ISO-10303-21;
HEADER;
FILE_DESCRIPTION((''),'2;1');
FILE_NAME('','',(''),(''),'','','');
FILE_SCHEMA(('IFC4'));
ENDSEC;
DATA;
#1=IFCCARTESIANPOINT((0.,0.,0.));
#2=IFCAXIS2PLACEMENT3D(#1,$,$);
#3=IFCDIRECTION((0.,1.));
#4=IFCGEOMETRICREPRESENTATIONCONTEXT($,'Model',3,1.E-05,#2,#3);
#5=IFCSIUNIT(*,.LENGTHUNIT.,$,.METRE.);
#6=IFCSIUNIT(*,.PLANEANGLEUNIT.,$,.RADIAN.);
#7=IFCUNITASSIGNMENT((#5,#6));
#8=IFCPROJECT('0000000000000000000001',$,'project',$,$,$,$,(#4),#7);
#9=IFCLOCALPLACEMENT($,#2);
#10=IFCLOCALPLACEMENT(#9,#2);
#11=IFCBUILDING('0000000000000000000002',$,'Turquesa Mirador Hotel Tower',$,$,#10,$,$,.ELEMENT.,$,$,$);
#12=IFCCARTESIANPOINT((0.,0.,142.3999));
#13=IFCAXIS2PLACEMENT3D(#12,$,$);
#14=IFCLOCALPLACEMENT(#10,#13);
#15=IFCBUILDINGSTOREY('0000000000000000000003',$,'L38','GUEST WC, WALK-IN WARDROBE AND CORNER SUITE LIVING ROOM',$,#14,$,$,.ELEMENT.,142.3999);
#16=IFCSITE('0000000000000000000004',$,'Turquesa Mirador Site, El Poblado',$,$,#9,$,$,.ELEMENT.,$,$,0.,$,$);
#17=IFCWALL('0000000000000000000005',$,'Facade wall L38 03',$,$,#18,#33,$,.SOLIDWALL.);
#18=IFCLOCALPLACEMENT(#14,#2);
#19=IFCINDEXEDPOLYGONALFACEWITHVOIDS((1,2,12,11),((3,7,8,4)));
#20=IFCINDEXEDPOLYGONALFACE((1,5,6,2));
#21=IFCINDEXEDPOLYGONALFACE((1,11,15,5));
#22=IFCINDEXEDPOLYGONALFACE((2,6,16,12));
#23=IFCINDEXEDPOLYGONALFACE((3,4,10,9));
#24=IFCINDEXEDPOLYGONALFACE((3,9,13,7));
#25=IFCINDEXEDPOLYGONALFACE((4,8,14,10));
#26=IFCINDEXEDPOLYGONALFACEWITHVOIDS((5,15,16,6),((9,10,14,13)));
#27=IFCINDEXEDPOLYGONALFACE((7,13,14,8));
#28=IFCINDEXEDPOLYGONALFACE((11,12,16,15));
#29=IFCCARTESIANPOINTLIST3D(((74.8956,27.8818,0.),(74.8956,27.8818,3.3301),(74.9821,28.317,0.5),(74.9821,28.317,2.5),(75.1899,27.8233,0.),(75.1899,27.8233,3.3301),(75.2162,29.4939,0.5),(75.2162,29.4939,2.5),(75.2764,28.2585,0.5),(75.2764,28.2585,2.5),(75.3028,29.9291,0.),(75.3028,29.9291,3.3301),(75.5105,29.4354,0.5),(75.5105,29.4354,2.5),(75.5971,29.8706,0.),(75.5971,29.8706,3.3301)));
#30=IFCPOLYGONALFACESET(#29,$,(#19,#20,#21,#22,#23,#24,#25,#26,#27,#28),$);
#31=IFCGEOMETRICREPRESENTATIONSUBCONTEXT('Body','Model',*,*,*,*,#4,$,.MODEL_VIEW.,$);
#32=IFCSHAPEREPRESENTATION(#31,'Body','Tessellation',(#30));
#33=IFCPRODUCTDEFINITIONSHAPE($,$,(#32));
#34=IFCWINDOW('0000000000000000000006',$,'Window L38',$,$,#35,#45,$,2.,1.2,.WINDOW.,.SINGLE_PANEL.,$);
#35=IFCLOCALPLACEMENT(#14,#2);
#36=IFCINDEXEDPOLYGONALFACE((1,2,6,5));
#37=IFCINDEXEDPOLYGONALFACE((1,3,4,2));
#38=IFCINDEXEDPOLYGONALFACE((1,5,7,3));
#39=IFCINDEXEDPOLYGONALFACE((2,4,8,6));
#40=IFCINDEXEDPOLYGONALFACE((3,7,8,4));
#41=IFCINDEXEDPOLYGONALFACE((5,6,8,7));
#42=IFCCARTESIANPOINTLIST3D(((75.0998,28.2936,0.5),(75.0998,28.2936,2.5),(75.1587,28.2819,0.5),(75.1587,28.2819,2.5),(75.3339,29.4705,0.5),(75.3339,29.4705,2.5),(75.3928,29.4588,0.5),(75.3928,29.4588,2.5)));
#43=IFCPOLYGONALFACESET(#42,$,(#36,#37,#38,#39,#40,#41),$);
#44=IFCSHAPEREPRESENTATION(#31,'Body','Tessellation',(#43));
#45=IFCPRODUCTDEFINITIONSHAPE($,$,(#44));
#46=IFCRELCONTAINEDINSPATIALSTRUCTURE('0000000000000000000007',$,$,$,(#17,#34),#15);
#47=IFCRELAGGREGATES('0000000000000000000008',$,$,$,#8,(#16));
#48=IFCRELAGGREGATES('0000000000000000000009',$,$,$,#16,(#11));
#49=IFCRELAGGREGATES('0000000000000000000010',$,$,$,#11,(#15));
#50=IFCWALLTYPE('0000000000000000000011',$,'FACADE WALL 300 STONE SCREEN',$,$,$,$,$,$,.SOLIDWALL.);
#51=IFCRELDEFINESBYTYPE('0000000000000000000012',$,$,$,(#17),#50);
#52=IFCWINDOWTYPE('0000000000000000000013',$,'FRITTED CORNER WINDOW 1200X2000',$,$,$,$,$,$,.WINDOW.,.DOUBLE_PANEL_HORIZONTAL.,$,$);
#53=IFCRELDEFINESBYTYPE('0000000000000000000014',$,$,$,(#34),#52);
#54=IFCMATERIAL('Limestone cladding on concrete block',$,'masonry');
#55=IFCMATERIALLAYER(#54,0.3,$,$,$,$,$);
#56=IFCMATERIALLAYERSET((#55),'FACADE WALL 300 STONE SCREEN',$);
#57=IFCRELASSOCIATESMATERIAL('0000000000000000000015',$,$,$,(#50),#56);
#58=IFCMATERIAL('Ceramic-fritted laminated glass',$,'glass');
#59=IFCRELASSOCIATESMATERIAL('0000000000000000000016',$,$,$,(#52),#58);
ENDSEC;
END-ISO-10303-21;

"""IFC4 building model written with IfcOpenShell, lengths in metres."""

from ifc_helpers import new_model, si_unit, direction, frame, frame_2d, origin, place, context, subcontext, project, spatial, rectangle, extrude, material, layer, layer_set, type_object, element, fill, save


model = new_model("IFC4")

# Units and contexts
model_context = context("Model", 3, precision=1e-05, world=origin(), true_north=direction((0.0, 1.0)))
body_context = subcontext(model_context, "Body", "Model", "MODEL_VIEW")
ifc_project = project(units=[si_unit("LENGTHUNIT", "METRE"), si_unit("PLANEANGLEUNIT", "RADIAN")], contexts=[model_context])

# Site, building, storey
site_placement = place(None, origin())
site = spatial("IfcSite", under=ifc_project, at=site_placement, Name="Turquesa Mirador Site, El Poblado", CompositionType="ELEMENT", RefElevation=0.0)
building_placement = place(site_placement, origin())
building = spatial("IfcBuilding", under=site, at=building_placement, Name="Turquesa Mirador Hotel Tower", CompositionType="ELEMENT")
storey_placement = place(building_placement, frame((0.0, 0.0, 142.3999)))
storey = spatial("IfcBuildingStorey", under=building, at=storey_placement, Name="L38", Description="GUEST WC, WALK-IN WARDROBE AND CORNER SUITE LIVING ROOM", CompositionType="ELEMENT", Elevation=142.3999)

# Wall, opening, window
ifc_material_1 = material(Name="Limestone cladding on concrete block", Category="masonry")
ifc_layer_1 = layer(ifc_material_1, 0.3)
ifc_layer_set_1 = layer_set([ifc_layer_1], Name="FACADE WALL 300 STONE SCREEN")
wall_type_1 = type_object("IfcWallType", Name="FACADE WALL 300 STONE SCREEN", PredefinedType="SOLIDWALL", material=ifc_layer_set_1)
ifc_material_2 = material(Name="Ceramic-fritted laminated glass", Category="glass")
window_type_1 = type_object("IfcWindowType", Name="FRITTED CORNER WINDOW 1200X2000", PartitioningType="DOUBLE_PANEL_HORIZONTAL", PredefinedType="WINDOW", material=ifc_material_2)
wall_1_placement = place(storey_placement, frame((75.0427, 27.8525, 0.0), z_axis=(0.0, 0.0, 1.0), x_axis=(0.195081, 0.980787, 0.0)))
wall_1 = element("IfcWall", 1, at=wall_1_placement, inside=storey, type_object=wall_type_1, Name="Facade wall L38 03", PredefinedType="SOLIDWALL", context=body_context, shape_type="SweptSolid", body=[
    extrude(rectangle(XDim=2.0874, YDim=0.3, at=frame_2d((1.0437, 0.0))), origin(), (0.0, 0.0, 1.0), 3.3301),
])
opening_1_placement = place(wall_1_placement, frame((0.4436, 0.0, 0.5)))
opening_1 = element("IfcOpeningElement", 2, at=opening_1_placement, cuts=wall_1, PredefinedType="OPENING", context=body_context, shape_type="SweptSolid", body=[
    extrude(rectangle(XDim=1.2, YDim=2.0, at=frame_2d((0.6001, 1.0))), frame((0.0, 0.1599, 0.0), z_axis=(0.0, -1.0, 0.0), x_axis=(1.0, 0.0, 0.0)), (0.0, 0.0, 1.0), 0.3201),
])
window_1_placement = place(opening_1_placement, origin())
window_1 = element("IfcWindow", 3, at=window_1_placement, inside=storey, type_object=window_type_1, Name="Window L38", OverallHeight=2.0, OverallWidth=1.2, PartitioningType="SINGLE_PANEL", PredefinedType="WINDOW", context=body_context, shape_type="SweptSolid", body=[
    extrude(rectangle(XDim=1.2, YDim=2.0, at=frame_2d((0.6001, 1.0))), frame((0.0, 0.03, 0.0), z_axis=(0.0, -1.0, 0.0), x_axis=(1.0, 0.0, 0.0)), (0.0, 0.0, 1.0), 0.0601),
])
fill(opening_1, window_1)

save(model, "model.ifc")
